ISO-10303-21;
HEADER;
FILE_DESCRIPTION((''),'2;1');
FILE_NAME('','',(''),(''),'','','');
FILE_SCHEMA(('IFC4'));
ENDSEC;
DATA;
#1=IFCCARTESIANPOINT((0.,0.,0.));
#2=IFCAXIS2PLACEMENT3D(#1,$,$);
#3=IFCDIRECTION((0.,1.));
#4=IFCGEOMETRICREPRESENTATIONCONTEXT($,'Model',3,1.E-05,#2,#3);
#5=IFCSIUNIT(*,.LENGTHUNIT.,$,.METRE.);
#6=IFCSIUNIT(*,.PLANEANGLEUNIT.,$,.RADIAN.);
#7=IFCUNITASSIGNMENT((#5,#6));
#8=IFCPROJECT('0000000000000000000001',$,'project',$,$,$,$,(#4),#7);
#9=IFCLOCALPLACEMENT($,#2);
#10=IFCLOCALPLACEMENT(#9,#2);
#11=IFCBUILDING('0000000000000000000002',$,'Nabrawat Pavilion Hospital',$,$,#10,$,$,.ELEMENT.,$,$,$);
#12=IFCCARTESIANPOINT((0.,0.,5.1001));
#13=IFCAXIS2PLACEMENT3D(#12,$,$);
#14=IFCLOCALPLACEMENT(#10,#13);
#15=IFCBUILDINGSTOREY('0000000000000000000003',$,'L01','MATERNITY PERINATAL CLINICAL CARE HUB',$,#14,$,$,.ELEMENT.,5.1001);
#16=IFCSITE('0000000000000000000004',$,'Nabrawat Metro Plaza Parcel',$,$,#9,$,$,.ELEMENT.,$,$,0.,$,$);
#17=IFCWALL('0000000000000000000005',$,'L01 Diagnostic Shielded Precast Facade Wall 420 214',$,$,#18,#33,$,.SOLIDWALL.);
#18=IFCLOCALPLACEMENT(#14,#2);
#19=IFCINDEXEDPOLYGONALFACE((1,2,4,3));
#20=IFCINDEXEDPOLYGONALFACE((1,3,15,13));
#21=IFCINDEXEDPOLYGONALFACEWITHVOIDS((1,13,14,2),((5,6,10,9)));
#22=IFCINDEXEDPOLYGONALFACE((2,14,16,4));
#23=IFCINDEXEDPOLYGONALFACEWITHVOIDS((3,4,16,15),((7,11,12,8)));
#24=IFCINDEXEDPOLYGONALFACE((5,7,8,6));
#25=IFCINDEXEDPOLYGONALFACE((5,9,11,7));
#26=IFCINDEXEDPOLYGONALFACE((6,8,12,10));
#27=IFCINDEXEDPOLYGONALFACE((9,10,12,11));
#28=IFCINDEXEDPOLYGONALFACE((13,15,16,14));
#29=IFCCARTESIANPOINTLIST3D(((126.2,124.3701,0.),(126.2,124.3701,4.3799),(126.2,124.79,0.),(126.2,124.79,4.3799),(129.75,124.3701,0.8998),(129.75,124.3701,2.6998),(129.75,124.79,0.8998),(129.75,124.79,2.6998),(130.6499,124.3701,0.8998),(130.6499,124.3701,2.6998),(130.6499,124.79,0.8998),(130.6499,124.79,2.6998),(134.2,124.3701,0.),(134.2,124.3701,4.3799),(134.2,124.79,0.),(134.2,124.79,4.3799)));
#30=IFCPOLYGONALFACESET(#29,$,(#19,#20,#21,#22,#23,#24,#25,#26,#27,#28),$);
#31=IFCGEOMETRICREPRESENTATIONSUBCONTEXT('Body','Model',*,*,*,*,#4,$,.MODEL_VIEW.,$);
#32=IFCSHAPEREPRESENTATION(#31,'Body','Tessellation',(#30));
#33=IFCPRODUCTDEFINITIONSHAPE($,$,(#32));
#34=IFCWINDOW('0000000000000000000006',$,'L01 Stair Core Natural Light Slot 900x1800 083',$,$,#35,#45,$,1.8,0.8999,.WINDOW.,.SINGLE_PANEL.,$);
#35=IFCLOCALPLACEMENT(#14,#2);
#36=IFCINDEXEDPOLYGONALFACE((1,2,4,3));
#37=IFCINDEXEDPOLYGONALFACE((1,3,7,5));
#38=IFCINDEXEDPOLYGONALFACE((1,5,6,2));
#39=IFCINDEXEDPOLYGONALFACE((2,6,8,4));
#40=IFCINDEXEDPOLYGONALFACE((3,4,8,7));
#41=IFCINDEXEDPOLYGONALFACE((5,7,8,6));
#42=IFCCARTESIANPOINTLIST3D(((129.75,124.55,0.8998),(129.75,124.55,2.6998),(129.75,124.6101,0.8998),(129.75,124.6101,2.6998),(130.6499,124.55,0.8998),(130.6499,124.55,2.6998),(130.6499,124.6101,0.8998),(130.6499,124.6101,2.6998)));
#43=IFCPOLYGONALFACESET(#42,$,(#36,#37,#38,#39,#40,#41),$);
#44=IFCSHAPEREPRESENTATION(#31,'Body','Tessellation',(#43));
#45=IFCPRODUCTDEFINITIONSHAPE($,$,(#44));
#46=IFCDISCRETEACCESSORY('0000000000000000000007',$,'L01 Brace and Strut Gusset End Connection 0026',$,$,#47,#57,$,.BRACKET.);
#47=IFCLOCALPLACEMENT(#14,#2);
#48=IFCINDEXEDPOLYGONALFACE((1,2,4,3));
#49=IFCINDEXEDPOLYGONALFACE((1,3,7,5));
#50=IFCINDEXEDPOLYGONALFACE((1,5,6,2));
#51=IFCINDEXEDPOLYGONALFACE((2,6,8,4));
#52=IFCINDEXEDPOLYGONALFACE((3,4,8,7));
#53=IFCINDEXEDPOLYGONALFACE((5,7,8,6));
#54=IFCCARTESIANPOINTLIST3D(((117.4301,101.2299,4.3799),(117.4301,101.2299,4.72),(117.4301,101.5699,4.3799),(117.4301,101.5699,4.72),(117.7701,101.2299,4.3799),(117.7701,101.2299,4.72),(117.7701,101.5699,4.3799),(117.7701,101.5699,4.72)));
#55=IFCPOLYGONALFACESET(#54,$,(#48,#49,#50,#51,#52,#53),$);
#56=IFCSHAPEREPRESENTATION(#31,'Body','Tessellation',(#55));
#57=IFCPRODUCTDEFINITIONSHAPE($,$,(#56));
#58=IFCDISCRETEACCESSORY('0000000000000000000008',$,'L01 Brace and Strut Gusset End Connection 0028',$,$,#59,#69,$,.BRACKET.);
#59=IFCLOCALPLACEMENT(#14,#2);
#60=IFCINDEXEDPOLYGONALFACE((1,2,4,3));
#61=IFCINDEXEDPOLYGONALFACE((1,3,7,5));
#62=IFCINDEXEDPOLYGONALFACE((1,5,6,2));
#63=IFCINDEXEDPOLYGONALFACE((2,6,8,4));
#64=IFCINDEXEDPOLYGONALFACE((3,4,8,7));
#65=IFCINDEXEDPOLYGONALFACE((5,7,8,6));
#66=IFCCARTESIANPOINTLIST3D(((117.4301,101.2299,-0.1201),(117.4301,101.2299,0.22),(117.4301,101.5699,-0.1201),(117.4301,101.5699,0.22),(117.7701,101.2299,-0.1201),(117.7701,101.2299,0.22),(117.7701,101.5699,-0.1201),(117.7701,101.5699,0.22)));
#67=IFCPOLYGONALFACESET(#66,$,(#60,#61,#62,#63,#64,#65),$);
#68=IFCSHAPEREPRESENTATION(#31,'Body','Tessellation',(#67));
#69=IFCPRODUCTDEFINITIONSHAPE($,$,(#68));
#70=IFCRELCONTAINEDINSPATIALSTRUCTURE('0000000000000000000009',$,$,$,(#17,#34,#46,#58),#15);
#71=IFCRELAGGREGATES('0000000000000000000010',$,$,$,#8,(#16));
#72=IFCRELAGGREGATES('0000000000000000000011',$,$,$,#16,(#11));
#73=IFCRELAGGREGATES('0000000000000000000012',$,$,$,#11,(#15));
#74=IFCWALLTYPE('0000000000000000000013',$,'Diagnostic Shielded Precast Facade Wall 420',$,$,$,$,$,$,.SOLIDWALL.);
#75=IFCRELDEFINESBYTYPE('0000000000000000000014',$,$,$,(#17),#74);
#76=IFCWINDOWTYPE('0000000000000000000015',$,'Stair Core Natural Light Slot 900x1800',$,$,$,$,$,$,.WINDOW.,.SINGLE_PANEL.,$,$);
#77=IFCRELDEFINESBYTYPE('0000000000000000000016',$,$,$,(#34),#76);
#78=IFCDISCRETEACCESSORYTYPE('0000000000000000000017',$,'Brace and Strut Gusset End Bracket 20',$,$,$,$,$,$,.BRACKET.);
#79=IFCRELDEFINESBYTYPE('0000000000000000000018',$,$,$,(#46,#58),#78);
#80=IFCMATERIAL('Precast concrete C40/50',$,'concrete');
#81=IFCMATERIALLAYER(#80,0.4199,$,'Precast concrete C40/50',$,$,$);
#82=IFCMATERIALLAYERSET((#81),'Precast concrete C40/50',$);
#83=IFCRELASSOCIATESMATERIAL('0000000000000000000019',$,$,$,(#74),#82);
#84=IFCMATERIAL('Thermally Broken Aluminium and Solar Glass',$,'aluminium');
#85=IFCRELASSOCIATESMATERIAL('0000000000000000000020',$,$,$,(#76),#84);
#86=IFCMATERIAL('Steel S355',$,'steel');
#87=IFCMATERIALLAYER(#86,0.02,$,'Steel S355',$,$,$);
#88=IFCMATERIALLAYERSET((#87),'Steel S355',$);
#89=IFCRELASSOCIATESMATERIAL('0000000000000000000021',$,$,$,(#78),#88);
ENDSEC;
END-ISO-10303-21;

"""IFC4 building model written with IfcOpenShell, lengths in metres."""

from ifc_helpers import new_model, si_unit, direction, frame, frame_2d, origin, origin_2d, place, context, subcontext, project, spatial, rectangle, extrude, material, layer, layer_set, type_object, element, fill, save


model = new_model("IFC4")

# Units and contexts
model_context = context("Model", 3, precision=1e-05, world=origin(), true_north=direction((0.0, 1.0)))
body_context = subcontext(model_context, "Body", "Model", "MODEL_VIEW")
ifc_project = project(units=[si_unit("LENGTHUNIT", "METRE"), si_unit("PLANEANGLEUNIT", "RADIAN")], contexts=[model_context])

# Site, building, storey
site_placement = place(None, origin())
site = spatial("IfcSite", under=ifc_project, at=site_placement, Name="Nabrawat Metro Plaza Parcel", CompositionType="ELEMENT", RefElevation=0.0)
building_placement = place(site_placement, origin())
building = spatial("IfcBuilding", under=site, at=building_placement, Name="Nabrawat Pavilion Hospital", CompositionType="ELEMENT")
storey_placement = place(building_placement, frame((0.0, 0.0, 5.1001)))
storey = spatial("IfcBuildingStorey", under=building, at=storey_placement, Name="L01", Description="MATERNITY PERINATAL CLINICAL CARE HUB", CompositionType="ELEMENT", Elevation=5.1001)

# Shared definitions
ifc_material_1 = material(Name="Steel S355", Category="steel")

# Shared definitions
ifc_material_2 = material(Name="Precast concrete C40/50", Category="concrete")
ifc_layer_1 = layer(ifc_material_2, 0.4199, Name="Precast concrete C40/50")
ifc_layer_set_1 = layer_set([ifc_layer_1], Name="Precast concrete C40/50")
wall_type = type_object("IfcWallType", Name="Diagnostic Shielded Precast Facade Wall 420", PredefinedType="SOLIDWALL", material=ifc_layer_set_1)

# Wall, opening, window
wall_1_placement = place(storey_placement, frame((126.2, 124.5801, 0.0), z_axis=(0.0, 0.0, 1.0), x_axis=(1.0, 0.0, 0.0)))
wall_1 = element("IfcWall", 1, at=wall_1_placement, inside=storey, type_object=wall_type, Name="L01 Diagnostic Shielded Precast Facade Wall 420 214", PredefinedType="SOLIDWALL", context=body_context, shape_type="SweptSolid", body=[
    extrude(rectangle(XDim=8.0, YDim=0.4199, at=frame_2d((4.0, 0.0))), origin(), (0.0, 0.0, 1.0), 4.3799),
])
opening_placement = place(wall_1_placement, frame((3.55, 0.0, 0.8999)))
opening = element("IfcOpeningElement", 2, at=opening_placement, cuts=wall_1, PredefinedType="OPENING", context=body_context, shape_type="SweptSolid", body=[
    extrude(rectangle(XDim=0.8999, YDim=1.8, at=frame_2d((0.45, 0.8999))), frame((0.0, 0.22, 0.0), z_axis=(0.0, -1.0, 0.0), x_axis=(1.0, 0.0, 0.0)), (0.0, 0.0, 1.0), 0.4399),
])
ifc_material_3 = material(Name="Thermally Broken Aluminium and Solar Glass", Category="aluminium")
window_type = type_object("IfcWindowType", Name="Stair Core Natural Light Slot 900x1800", PartitioningType="SINGLE_PANEL", PredefinedType="WINDOW", material=ifc_material_3)
window_placement = place(opening_placement, origin())
window = element("IfcWindow", 3, at=window_placement, inside=storey, type_object=window_type, Name="L01 Stair Core Natural Light Slot 900x1800 083", OverallHeight=1.8, OverallWidth=0.8999, PartitioningType="SINGLE_PANEL", PredefinedType="WINDOW", context=body_context, shape_type="SweptSolid", body=[
    extrude(rectangle(XDim=0.8999, YDim=1.8, at=frame_2d((0.45, 0.8999))), frame((0.0, 0.03, 0.0), z_axis=(0.0, -1.0, 0.0), x_axis=(1.0, 0.0, 0.0)), (0.0, 0.0, 1.0), 0.0601),
])
fill(opening, window)

# Discrete accessories
ifc_layer_2 = layer(ifc_material_1, 0.02, Name="Steel S355")
ifc_layer_set_2 = layer_set([ifc_layer_2], Name="Steel S355")
discrete_accessory_type = type_object("IfcDiscreteAccessoryType", Name="Brace and Strut Gusset End Bracket 20", PredefinedType="BRACKET", material=ifc_layer_set_2)
for number, where, z_axis, x_axis, name in (
    (4, (117.6001, 101.3999, 4.3799), (0.0, 0.0, 1.0), (1.0, 0.0, 0.0), "L01 Brace and Strut Gusset End Connection 0026"),
    (5, (117.6001, 101.3999, -0.1201), (0.0, 0.0, 1.0), (1.0, 0.0, 0.0), "L01 Brace and Strut Gusset End Connection 0028"),
):
    element("IfcDiscreteAccessory", number, at=place(storey_placement, frame(where, z_axis=z_axis, x_axis=x_axis)), inside=storey, type_object=discrete_accessory_type, Name=name, PredefinedType="BRACKET", context=body_context, shape_type="SweptSolid", body=[
        extrude(rectangle(XDim=0.3401, YDim=0.3401, at=origin_2d()), origin(), (0.0, 0.0, 1.0), 0.3401),
    ])

save(model, "model.ifc")
